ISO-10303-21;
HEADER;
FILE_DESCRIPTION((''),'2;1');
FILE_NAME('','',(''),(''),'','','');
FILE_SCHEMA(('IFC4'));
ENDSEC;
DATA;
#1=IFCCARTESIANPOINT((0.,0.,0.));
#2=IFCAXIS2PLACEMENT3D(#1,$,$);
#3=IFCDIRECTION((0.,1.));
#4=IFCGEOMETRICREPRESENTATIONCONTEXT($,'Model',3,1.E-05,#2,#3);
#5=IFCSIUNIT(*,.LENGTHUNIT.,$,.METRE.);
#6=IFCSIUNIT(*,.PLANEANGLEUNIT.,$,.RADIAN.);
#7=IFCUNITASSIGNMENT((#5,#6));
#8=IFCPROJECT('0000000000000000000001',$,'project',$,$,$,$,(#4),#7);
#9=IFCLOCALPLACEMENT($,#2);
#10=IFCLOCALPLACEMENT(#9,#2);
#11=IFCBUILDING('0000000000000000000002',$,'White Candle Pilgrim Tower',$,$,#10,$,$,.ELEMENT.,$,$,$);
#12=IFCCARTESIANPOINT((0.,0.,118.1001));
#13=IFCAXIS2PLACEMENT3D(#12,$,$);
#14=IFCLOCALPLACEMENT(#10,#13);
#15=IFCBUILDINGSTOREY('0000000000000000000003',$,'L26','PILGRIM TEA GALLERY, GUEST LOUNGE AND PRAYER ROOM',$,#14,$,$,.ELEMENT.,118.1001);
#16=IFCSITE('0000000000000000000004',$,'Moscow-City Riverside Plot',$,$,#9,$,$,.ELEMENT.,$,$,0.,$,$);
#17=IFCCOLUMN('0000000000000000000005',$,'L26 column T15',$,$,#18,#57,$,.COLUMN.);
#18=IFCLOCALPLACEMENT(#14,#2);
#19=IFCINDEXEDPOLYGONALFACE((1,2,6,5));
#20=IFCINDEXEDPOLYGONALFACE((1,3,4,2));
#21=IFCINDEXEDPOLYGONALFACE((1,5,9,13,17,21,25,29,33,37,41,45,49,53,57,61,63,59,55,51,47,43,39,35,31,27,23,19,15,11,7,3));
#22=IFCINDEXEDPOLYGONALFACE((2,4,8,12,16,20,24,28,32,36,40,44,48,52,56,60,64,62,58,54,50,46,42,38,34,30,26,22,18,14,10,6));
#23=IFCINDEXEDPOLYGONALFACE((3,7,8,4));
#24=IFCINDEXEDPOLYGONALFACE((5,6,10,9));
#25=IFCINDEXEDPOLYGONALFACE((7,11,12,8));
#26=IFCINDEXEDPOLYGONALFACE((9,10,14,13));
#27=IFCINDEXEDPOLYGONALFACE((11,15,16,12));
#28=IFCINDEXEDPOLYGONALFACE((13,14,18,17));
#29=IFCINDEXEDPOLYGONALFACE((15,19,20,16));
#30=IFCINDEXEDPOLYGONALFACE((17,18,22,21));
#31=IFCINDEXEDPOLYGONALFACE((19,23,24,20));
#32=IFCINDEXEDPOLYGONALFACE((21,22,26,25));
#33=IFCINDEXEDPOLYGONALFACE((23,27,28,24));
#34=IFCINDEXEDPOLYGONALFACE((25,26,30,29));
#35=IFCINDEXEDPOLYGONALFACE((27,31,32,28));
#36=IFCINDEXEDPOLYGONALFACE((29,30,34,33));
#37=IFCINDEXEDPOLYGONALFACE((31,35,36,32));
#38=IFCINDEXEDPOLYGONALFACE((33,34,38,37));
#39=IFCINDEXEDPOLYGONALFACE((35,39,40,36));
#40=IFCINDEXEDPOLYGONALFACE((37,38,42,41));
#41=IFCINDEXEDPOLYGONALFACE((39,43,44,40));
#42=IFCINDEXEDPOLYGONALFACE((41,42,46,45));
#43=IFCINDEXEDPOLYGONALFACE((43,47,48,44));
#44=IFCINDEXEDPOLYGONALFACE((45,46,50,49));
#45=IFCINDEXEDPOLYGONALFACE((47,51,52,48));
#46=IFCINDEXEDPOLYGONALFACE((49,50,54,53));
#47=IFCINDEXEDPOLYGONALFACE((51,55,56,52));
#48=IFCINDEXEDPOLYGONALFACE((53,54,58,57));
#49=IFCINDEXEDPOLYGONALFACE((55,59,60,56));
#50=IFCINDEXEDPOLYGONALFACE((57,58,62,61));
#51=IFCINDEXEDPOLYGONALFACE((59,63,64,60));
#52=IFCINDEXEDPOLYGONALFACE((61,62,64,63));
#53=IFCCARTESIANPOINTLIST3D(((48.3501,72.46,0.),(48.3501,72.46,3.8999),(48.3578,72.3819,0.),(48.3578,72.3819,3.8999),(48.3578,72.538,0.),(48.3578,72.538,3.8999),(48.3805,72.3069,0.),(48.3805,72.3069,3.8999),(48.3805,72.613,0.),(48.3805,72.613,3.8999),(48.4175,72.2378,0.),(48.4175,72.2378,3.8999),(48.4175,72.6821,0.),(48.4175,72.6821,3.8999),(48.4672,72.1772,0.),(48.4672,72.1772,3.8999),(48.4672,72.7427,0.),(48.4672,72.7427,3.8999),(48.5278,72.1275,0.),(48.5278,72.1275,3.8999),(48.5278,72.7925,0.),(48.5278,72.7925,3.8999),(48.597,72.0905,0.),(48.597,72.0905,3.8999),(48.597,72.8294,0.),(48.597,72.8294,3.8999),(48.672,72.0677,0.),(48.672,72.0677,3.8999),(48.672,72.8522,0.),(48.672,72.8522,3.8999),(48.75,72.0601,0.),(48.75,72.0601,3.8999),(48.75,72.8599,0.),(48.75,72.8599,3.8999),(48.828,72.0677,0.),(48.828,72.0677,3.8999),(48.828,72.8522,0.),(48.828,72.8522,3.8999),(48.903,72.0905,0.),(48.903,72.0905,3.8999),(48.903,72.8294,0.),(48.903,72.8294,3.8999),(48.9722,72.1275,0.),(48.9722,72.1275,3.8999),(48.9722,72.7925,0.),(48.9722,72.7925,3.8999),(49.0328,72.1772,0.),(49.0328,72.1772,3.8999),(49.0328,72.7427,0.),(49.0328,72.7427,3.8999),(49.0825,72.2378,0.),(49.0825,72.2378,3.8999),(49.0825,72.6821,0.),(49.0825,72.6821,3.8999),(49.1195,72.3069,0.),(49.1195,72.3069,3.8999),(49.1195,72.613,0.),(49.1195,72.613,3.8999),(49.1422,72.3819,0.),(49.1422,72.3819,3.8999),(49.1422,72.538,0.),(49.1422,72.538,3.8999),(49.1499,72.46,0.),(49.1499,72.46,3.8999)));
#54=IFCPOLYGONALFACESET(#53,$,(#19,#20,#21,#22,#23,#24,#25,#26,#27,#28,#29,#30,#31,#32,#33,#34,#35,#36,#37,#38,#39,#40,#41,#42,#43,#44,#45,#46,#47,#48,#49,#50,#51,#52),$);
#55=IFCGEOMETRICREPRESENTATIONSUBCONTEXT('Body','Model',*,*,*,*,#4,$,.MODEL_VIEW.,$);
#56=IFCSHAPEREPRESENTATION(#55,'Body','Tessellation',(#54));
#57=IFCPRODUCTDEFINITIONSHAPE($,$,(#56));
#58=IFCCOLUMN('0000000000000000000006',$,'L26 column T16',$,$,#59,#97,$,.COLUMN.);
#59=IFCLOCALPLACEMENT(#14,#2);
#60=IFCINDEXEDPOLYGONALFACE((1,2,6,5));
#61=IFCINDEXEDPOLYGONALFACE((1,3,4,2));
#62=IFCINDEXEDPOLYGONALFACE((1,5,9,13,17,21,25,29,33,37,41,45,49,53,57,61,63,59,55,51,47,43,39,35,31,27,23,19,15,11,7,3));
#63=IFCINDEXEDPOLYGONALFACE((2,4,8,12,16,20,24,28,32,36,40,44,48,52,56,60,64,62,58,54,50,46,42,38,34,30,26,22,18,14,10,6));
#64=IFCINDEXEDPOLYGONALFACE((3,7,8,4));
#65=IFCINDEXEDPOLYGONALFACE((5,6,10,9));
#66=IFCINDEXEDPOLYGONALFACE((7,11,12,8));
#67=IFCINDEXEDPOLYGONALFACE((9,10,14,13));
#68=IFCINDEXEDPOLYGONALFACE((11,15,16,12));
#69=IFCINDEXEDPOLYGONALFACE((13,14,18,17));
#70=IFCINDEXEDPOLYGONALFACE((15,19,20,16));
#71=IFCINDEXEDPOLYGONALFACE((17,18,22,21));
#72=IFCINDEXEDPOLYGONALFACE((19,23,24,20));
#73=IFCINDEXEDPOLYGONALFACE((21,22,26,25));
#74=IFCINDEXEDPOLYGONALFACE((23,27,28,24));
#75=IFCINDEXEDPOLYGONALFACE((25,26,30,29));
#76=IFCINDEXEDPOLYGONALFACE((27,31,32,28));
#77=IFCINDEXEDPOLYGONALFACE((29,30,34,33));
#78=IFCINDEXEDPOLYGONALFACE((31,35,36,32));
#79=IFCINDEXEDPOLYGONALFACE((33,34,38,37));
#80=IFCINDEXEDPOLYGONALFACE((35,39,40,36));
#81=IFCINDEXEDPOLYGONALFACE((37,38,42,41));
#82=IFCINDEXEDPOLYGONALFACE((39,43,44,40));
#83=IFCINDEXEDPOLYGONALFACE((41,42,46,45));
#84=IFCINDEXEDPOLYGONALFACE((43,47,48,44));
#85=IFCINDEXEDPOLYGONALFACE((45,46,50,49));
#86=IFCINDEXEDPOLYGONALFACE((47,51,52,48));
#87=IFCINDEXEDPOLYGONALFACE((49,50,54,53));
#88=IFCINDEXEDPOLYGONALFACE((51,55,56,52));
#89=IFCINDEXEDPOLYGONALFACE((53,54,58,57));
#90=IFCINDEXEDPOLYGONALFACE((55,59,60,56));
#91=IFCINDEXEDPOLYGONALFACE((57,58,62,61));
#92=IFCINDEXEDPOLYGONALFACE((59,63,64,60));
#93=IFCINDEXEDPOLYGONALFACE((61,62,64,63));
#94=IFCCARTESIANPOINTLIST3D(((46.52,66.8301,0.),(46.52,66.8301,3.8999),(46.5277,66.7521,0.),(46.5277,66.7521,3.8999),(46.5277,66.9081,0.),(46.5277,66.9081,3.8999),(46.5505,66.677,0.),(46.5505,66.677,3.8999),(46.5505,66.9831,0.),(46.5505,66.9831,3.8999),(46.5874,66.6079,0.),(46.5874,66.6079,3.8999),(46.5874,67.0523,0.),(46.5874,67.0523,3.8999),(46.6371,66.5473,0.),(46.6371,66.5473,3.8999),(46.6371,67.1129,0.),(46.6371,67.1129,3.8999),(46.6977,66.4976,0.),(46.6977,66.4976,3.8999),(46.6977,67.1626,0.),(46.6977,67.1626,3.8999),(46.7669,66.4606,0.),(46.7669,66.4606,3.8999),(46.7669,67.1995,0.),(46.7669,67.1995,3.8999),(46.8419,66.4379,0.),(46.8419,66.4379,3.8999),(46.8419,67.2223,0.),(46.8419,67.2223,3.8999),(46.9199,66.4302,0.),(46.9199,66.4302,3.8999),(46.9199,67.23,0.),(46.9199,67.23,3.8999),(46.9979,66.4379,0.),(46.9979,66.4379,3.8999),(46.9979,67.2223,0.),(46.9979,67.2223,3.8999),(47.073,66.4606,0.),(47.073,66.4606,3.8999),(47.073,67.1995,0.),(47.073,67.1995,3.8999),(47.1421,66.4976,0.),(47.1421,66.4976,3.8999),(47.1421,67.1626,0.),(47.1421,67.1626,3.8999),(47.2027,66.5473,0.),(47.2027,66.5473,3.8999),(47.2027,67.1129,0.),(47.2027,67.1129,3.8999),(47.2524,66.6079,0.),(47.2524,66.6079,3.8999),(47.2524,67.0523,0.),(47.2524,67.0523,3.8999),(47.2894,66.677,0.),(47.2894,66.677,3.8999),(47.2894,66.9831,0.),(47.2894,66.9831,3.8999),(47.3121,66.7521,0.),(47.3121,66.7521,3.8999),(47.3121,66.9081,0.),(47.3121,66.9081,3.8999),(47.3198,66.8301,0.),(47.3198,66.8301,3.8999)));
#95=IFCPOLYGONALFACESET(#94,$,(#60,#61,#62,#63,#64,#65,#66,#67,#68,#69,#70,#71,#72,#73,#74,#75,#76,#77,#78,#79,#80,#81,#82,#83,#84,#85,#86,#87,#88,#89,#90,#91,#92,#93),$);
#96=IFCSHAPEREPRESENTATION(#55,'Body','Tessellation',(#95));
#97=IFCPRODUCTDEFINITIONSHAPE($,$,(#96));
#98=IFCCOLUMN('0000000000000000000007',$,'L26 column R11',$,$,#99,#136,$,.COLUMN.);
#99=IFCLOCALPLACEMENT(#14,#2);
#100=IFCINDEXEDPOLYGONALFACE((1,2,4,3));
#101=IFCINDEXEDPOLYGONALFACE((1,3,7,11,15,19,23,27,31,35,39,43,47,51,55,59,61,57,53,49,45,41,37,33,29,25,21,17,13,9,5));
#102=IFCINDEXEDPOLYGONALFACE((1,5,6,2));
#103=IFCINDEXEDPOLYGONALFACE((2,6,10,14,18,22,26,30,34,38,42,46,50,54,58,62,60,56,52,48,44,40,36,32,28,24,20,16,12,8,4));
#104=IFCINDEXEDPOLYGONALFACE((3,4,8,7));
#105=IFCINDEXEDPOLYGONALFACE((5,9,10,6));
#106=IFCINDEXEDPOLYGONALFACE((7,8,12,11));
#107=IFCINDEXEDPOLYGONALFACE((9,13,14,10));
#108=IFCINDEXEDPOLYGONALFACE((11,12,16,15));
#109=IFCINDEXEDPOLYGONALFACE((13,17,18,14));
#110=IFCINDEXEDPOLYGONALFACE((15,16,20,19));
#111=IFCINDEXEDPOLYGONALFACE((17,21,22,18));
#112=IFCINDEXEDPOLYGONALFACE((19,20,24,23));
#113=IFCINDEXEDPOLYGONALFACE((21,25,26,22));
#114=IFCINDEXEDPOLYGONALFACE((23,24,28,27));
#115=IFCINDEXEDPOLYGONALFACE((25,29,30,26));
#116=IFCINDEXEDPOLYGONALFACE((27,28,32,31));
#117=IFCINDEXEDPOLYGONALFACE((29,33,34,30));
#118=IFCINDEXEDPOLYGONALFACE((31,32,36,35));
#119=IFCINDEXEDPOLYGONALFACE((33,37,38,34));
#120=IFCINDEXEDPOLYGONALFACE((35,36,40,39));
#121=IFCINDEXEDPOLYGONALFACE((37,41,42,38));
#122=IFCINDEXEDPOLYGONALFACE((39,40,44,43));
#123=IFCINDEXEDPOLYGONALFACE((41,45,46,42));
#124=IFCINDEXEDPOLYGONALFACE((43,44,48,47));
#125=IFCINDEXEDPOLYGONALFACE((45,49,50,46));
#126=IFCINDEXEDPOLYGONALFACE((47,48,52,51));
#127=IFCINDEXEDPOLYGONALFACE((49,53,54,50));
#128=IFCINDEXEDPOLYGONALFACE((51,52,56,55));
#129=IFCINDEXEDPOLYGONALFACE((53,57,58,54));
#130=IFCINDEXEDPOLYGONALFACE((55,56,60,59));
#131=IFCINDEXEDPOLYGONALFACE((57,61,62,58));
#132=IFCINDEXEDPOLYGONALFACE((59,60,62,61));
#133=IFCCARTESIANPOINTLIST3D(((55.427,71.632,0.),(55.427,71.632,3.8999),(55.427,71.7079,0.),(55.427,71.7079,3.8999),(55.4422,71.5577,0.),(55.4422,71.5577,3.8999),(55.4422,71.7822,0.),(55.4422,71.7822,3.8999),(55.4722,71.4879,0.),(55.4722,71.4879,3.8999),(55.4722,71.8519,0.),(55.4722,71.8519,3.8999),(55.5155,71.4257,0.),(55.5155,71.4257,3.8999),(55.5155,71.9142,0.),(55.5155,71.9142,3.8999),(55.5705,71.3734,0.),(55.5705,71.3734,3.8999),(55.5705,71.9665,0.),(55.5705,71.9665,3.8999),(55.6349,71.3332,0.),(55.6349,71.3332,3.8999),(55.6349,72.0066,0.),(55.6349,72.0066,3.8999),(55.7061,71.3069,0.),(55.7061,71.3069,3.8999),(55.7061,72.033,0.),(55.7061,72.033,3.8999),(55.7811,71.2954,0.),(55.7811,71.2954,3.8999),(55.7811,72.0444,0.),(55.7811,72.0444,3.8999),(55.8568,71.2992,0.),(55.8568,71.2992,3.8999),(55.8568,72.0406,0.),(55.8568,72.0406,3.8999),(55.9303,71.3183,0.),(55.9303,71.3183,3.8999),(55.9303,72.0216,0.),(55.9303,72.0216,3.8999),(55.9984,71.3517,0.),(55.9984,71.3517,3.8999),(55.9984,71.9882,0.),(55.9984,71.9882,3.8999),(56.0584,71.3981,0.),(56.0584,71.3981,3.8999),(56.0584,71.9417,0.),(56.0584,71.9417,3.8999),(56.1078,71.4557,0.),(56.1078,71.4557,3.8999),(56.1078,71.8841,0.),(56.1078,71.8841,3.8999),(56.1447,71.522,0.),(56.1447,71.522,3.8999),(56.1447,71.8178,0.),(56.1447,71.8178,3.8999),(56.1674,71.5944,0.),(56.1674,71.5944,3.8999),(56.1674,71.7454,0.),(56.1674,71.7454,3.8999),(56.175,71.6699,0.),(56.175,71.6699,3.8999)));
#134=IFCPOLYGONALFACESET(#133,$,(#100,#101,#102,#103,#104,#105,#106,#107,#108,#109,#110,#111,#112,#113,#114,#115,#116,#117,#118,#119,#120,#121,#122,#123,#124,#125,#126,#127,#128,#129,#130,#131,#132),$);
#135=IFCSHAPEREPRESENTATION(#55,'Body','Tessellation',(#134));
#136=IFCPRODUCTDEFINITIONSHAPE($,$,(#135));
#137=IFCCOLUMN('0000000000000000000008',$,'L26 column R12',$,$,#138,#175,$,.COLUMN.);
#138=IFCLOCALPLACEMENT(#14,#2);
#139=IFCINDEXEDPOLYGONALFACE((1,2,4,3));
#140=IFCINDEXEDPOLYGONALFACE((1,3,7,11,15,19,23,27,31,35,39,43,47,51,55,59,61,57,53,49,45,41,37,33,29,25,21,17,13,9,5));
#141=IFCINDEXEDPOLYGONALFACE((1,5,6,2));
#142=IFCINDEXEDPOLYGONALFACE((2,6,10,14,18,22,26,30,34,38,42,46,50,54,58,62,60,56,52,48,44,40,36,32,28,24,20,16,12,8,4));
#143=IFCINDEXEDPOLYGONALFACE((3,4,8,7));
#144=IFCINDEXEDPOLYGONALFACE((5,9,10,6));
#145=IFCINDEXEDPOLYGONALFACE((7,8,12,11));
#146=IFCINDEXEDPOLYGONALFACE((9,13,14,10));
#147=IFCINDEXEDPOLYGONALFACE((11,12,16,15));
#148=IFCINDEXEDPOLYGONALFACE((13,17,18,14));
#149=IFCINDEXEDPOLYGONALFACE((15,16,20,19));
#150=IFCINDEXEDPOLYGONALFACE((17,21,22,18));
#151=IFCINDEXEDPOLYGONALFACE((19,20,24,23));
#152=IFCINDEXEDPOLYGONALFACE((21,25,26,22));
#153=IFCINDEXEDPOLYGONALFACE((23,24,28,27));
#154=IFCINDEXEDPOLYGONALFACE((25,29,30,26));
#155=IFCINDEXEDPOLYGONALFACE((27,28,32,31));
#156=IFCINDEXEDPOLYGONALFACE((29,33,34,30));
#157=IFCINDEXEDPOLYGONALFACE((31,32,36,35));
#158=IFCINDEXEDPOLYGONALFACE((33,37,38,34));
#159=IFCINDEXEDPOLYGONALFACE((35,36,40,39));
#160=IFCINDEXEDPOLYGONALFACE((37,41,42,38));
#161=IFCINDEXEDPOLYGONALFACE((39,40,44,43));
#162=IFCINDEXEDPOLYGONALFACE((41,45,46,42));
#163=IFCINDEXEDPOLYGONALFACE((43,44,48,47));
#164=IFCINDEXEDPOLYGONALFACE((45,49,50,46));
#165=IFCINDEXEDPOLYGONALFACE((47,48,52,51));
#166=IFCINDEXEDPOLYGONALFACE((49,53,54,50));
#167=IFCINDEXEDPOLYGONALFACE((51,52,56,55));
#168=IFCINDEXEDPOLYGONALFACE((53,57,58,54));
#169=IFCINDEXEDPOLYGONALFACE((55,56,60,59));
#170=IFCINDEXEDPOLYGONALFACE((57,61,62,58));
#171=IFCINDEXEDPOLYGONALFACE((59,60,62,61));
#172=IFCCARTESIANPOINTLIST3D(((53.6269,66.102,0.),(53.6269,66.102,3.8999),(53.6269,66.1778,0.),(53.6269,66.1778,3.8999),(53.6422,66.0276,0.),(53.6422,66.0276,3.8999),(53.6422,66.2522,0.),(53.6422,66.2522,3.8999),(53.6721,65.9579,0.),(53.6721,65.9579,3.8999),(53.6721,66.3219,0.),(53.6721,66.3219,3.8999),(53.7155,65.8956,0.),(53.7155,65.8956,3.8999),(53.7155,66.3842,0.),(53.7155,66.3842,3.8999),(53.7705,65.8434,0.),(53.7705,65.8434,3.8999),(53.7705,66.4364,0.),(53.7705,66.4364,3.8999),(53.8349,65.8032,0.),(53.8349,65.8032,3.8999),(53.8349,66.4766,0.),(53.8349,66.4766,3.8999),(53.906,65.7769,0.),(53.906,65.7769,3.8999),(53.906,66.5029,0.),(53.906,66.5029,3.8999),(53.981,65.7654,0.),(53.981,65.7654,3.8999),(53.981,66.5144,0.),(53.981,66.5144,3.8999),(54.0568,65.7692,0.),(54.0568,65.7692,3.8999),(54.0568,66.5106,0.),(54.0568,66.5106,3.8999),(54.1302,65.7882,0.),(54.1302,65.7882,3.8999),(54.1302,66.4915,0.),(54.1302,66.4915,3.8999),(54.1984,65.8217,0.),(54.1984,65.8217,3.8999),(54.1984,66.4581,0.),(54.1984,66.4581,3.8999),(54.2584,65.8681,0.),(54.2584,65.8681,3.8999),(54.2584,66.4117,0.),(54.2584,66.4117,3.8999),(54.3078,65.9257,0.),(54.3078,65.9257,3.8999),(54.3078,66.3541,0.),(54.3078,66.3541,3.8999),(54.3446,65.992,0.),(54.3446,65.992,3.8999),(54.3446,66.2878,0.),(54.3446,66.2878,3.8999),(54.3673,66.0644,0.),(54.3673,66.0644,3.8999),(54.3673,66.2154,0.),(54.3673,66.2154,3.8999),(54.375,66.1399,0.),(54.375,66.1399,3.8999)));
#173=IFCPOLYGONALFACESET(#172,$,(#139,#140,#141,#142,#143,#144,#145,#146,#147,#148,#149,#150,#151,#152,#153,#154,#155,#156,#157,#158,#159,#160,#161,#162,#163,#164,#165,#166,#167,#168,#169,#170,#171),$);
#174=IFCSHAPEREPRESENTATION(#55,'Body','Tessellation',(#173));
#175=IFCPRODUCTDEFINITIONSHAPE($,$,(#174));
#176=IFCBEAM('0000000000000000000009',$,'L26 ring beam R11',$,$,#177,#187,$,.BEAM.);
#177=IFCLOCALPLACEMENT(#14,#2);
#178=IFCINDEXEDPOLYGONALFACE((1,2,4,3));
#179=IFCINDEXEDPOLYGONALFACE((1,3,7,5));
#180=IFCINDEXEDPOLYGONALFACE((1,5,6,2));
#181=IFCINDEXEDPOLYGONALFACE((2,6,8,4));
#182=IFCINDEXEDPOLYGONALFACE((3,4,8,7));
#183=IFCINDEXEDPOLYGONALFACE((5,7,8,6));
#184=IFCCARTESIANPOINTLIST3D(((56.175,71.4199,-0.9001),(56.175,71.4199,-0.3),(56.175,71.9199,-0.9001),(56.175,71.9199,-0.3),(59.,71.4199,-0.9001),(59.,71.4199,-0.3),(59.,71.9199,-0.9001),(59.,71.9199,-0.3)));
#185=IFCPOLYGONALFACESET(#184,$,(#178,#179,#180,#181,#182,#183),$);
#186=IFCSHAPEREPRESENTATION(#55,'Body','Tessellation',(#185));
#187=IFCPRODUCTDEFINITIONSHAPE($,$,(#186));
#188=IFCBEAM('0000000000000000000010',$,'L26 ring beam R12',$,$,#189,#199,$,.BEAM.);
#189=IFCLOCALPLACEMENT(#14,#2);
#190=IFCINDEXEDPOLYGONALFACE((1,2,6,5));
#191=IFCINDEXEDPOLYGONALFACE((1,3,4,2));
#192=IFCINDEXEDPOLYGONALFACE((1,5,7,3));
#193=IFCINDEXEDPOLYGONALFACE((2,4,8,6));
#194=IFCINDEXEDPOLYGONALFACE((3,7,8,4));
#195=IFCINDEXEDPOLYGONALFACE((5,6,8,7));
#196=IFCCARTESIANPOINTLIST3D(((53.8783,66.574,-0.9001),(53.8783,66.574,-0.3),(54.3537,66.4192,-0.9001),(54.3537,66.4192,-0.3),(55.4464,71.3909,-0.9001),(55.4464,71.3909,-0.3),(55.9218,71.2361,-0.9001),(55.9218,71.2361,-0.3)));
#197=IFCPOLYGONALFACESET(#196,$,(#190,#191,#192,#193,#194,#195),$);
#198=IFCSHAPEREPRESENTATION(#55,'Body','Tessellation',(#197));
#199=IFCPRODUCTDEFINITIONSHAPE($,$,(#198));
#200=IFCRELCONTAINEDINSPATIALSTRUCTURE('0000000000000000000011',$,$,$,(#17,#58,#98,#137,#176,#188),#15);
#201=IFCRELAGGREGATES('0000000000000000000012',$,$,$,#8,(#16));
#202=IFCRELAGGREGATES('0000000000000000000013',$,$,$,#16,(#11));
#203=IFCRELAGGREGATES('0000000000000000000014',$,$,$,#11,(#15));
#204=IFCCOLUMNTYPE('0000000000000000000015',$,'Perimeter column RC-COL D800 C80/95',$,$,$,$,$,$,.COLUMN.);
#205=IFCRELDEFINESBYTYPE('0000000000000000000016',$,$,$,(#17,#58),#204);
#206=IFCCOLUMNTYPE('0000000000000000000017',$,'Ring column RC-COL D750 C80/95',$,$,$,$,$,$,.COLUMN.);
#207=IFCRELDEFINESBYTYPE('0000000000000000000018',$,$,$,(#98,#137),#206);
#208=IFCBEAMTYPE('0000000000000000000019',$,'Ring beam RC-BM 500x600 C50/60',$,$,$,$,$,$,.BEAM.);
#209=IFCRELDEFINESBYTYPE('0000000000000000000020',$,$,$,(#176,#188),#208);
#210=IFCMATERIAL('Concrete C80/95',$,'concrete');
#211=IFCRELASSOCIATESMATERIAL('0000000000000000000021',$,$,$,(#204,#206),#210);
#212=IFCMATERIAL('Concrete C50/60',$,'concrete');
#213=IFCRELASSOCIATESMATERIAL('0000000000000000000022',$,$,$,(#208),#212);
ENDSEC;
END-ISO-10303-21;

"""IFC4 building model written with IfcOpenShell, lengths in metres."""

from ifc_helpers import new_model, si_unit, direction, frame, origin, origin_2d, place, context, subcontext, project, spatial, rectangle, circle, extrude, material, material_profile, profile_set, type_object, element, save


model = new_model("IFC4")

# Units and contexts
model_context = context("Model", 3, precision=1e-05, world=origin(), true_north=direction((0.0, 1.0)))
body_context = subcontext(model_context, "Body", "Model", "MODEL_VIEW")
ifc_project = project(units=[si_unit("LENGTHUNIT", "METRE"), si_unit("PLANEANGLEUNIT", "RADIAN")], contexts=[model_context])

# Site, building, storey
site_placement = place(None, origin())
site = spatial("IfcSite", under=ifc_project, at=site_placement, Name="Moscow-City Riverside Plot", CompositionType="ELEMENT", RefElevation=0.0)
building_placement = place(site_placement, origin())
building = spatial("IfcBuilding", under=site, at=building_placement, Name="White Candle Pilgrim Tower", CompositionType="ELEMENT")
storey_placement = place(building_placement, frame((0.0, 0.0, 118.1001)))
storey = spatial("IfcBuildingStorey", under=building, at=storey_placement, Name="L26", Description="PILGRIM TEA GALLERY, GUEST LOUNGE AND PRAYER ROOM", CompositionType="ELEMENT", Elevation=118.1001)

# Columns
ifc_material_1 = material(Name="Concrete C80/95", Category="concrete")
ifc_material_profile_1 = material_profile(ifc_material_1, circle(Radius=0.3999, at=origin_2d()), Name="RC-COL D800")
ifc_profile_set_1 = profile_set([ifc_material_profile_1], Name="Concrete C80/95")
column_type_1 = type_object("IfcColumnType", Name="Perimeter column RC-COL D800 C80/95", PredefinedType="COLUMN", material=ifc_profile_set_1)
for number, where, z_axis, x_axis, name in (
    (1, (48.75, 72.46, 0.0), (0.0, 0.0, 1.0), (1.0, 0.0, 0.0), "L26 column T15"),
    (2, (46.9199, 66.8301, 0.0), (0.0, 0.0, 1.0), (1.0, 0.0, 0.0), "L26 column T16"),
):
    element("IfcColumn", number, at=place(storey_placement, frame(where, z_axis=z_axis, x_axis=x_axis)), inside=storey, type_object=column_type_1, Name=name, PredefinedType="COLUMN", context=body_context, shape_type="SweptSolid", body=[
        extrude(circle(Radius=0.3999, at=origin_2d()), origin(), (0.0, 0.0, 1.0), 3.8999),
    ])
ifc_material_profile_2 = material_profile(ifc_material_1, circle(Radius=0.375, at=origin_2d()), Name="RC-COL D750")
ifc_profile_set_2 = profile_set([ifc_material_profile_2], Name="Concrete C80/95")
column_type_2 = type_object("IfcColumnType", Name="Ring column RC-COL D750 C80/95", PredefinedType="COLUMN", material=ifc_profile_set_2)
for number, where, z_axis, x_axis, name in (
    (3, (55.8, 71.6699, 0.0), (0.0, 0.0, 1.0), (1.0, 0.0, 0.0), "L26 column R11"),
    (4, (54.0, 66.1399, 0.0), (0.0, 0.0, 1.0), (1.0, 0.0, 0.0), "L26 column R12"),
):
    element("IfcColumn", number, at=place(storey_placement, frame(where, z_axis=z_axis, x_axis=x_axis)), inside=storey, type_object=column_type_2, Name=name, PredefinedType="COLUMN", context=body_context, shape_type="SweptSolid", body=[
        extrude(circle(Radius=0.375, at=origin_2d()), origin(), (0.0, 0.0, 1.0), 3.8999),
    ])

# Beams
ifc_material_2 = material(Name="Concrete C50/60", Category="concrete")
ifc_material_profile_3 = material_profile(ifc_material_2, rectangle(XDim=0.5, YDim=0.6001, at=origin_2d()), Name="RC-BM 500x600")
ifc_profile_set_3 = profile_set([ifc_material_profile_3], Name="Concrete C50/60")
beam_type_1 = type_object("IfcBeamType", Name="Ring beam RC-BM 500x600 C50/60", PredefinedType="BEAM", material=ifc_profile_set_3)
beam_1_placement = place(storey_placement, frame((56.175, 71.6699, -0.6001), z_axis=(1.0, 0.0, 0.0), x_axis=(0.0, 1.0, 0.0)))
element("IfcBeam", 5, at=beam_1_placement, inside=storey, type_object=beam_type_1, Name="L26 ring beam R11", PredefinedType="BEAM", context=body_context, shape_type="SweptSolid", body=[
    extrude(rectangle(XDim=0.5, YDim=0.6001, at=origin_2d()), origin(), (0.0, 0.0, 1.0), 2.825),
])
beam_2_placement = place(storey_placement, frame((55.6841, 71.3135, -0.6001), z_axis=(-0.309555, -0.950882, 0.0), x_axis=(0.950882, -0.309555, 0.0)))
element("IfcBeam", 6, at=beam_2_placement, inside=storey, type_object=beam_type_1, Name="L26 ring beam R12", PredefinedType="BEAM", context=body_context, shape_type="SweptSolid", body=[
    extrude(rectangle(XDim=0.5, YDim=0.6001, at=origin_2d()), origin(), (0.0, 0.0, 1.0), 5.0657),
])

save(model, "model.ifc")
